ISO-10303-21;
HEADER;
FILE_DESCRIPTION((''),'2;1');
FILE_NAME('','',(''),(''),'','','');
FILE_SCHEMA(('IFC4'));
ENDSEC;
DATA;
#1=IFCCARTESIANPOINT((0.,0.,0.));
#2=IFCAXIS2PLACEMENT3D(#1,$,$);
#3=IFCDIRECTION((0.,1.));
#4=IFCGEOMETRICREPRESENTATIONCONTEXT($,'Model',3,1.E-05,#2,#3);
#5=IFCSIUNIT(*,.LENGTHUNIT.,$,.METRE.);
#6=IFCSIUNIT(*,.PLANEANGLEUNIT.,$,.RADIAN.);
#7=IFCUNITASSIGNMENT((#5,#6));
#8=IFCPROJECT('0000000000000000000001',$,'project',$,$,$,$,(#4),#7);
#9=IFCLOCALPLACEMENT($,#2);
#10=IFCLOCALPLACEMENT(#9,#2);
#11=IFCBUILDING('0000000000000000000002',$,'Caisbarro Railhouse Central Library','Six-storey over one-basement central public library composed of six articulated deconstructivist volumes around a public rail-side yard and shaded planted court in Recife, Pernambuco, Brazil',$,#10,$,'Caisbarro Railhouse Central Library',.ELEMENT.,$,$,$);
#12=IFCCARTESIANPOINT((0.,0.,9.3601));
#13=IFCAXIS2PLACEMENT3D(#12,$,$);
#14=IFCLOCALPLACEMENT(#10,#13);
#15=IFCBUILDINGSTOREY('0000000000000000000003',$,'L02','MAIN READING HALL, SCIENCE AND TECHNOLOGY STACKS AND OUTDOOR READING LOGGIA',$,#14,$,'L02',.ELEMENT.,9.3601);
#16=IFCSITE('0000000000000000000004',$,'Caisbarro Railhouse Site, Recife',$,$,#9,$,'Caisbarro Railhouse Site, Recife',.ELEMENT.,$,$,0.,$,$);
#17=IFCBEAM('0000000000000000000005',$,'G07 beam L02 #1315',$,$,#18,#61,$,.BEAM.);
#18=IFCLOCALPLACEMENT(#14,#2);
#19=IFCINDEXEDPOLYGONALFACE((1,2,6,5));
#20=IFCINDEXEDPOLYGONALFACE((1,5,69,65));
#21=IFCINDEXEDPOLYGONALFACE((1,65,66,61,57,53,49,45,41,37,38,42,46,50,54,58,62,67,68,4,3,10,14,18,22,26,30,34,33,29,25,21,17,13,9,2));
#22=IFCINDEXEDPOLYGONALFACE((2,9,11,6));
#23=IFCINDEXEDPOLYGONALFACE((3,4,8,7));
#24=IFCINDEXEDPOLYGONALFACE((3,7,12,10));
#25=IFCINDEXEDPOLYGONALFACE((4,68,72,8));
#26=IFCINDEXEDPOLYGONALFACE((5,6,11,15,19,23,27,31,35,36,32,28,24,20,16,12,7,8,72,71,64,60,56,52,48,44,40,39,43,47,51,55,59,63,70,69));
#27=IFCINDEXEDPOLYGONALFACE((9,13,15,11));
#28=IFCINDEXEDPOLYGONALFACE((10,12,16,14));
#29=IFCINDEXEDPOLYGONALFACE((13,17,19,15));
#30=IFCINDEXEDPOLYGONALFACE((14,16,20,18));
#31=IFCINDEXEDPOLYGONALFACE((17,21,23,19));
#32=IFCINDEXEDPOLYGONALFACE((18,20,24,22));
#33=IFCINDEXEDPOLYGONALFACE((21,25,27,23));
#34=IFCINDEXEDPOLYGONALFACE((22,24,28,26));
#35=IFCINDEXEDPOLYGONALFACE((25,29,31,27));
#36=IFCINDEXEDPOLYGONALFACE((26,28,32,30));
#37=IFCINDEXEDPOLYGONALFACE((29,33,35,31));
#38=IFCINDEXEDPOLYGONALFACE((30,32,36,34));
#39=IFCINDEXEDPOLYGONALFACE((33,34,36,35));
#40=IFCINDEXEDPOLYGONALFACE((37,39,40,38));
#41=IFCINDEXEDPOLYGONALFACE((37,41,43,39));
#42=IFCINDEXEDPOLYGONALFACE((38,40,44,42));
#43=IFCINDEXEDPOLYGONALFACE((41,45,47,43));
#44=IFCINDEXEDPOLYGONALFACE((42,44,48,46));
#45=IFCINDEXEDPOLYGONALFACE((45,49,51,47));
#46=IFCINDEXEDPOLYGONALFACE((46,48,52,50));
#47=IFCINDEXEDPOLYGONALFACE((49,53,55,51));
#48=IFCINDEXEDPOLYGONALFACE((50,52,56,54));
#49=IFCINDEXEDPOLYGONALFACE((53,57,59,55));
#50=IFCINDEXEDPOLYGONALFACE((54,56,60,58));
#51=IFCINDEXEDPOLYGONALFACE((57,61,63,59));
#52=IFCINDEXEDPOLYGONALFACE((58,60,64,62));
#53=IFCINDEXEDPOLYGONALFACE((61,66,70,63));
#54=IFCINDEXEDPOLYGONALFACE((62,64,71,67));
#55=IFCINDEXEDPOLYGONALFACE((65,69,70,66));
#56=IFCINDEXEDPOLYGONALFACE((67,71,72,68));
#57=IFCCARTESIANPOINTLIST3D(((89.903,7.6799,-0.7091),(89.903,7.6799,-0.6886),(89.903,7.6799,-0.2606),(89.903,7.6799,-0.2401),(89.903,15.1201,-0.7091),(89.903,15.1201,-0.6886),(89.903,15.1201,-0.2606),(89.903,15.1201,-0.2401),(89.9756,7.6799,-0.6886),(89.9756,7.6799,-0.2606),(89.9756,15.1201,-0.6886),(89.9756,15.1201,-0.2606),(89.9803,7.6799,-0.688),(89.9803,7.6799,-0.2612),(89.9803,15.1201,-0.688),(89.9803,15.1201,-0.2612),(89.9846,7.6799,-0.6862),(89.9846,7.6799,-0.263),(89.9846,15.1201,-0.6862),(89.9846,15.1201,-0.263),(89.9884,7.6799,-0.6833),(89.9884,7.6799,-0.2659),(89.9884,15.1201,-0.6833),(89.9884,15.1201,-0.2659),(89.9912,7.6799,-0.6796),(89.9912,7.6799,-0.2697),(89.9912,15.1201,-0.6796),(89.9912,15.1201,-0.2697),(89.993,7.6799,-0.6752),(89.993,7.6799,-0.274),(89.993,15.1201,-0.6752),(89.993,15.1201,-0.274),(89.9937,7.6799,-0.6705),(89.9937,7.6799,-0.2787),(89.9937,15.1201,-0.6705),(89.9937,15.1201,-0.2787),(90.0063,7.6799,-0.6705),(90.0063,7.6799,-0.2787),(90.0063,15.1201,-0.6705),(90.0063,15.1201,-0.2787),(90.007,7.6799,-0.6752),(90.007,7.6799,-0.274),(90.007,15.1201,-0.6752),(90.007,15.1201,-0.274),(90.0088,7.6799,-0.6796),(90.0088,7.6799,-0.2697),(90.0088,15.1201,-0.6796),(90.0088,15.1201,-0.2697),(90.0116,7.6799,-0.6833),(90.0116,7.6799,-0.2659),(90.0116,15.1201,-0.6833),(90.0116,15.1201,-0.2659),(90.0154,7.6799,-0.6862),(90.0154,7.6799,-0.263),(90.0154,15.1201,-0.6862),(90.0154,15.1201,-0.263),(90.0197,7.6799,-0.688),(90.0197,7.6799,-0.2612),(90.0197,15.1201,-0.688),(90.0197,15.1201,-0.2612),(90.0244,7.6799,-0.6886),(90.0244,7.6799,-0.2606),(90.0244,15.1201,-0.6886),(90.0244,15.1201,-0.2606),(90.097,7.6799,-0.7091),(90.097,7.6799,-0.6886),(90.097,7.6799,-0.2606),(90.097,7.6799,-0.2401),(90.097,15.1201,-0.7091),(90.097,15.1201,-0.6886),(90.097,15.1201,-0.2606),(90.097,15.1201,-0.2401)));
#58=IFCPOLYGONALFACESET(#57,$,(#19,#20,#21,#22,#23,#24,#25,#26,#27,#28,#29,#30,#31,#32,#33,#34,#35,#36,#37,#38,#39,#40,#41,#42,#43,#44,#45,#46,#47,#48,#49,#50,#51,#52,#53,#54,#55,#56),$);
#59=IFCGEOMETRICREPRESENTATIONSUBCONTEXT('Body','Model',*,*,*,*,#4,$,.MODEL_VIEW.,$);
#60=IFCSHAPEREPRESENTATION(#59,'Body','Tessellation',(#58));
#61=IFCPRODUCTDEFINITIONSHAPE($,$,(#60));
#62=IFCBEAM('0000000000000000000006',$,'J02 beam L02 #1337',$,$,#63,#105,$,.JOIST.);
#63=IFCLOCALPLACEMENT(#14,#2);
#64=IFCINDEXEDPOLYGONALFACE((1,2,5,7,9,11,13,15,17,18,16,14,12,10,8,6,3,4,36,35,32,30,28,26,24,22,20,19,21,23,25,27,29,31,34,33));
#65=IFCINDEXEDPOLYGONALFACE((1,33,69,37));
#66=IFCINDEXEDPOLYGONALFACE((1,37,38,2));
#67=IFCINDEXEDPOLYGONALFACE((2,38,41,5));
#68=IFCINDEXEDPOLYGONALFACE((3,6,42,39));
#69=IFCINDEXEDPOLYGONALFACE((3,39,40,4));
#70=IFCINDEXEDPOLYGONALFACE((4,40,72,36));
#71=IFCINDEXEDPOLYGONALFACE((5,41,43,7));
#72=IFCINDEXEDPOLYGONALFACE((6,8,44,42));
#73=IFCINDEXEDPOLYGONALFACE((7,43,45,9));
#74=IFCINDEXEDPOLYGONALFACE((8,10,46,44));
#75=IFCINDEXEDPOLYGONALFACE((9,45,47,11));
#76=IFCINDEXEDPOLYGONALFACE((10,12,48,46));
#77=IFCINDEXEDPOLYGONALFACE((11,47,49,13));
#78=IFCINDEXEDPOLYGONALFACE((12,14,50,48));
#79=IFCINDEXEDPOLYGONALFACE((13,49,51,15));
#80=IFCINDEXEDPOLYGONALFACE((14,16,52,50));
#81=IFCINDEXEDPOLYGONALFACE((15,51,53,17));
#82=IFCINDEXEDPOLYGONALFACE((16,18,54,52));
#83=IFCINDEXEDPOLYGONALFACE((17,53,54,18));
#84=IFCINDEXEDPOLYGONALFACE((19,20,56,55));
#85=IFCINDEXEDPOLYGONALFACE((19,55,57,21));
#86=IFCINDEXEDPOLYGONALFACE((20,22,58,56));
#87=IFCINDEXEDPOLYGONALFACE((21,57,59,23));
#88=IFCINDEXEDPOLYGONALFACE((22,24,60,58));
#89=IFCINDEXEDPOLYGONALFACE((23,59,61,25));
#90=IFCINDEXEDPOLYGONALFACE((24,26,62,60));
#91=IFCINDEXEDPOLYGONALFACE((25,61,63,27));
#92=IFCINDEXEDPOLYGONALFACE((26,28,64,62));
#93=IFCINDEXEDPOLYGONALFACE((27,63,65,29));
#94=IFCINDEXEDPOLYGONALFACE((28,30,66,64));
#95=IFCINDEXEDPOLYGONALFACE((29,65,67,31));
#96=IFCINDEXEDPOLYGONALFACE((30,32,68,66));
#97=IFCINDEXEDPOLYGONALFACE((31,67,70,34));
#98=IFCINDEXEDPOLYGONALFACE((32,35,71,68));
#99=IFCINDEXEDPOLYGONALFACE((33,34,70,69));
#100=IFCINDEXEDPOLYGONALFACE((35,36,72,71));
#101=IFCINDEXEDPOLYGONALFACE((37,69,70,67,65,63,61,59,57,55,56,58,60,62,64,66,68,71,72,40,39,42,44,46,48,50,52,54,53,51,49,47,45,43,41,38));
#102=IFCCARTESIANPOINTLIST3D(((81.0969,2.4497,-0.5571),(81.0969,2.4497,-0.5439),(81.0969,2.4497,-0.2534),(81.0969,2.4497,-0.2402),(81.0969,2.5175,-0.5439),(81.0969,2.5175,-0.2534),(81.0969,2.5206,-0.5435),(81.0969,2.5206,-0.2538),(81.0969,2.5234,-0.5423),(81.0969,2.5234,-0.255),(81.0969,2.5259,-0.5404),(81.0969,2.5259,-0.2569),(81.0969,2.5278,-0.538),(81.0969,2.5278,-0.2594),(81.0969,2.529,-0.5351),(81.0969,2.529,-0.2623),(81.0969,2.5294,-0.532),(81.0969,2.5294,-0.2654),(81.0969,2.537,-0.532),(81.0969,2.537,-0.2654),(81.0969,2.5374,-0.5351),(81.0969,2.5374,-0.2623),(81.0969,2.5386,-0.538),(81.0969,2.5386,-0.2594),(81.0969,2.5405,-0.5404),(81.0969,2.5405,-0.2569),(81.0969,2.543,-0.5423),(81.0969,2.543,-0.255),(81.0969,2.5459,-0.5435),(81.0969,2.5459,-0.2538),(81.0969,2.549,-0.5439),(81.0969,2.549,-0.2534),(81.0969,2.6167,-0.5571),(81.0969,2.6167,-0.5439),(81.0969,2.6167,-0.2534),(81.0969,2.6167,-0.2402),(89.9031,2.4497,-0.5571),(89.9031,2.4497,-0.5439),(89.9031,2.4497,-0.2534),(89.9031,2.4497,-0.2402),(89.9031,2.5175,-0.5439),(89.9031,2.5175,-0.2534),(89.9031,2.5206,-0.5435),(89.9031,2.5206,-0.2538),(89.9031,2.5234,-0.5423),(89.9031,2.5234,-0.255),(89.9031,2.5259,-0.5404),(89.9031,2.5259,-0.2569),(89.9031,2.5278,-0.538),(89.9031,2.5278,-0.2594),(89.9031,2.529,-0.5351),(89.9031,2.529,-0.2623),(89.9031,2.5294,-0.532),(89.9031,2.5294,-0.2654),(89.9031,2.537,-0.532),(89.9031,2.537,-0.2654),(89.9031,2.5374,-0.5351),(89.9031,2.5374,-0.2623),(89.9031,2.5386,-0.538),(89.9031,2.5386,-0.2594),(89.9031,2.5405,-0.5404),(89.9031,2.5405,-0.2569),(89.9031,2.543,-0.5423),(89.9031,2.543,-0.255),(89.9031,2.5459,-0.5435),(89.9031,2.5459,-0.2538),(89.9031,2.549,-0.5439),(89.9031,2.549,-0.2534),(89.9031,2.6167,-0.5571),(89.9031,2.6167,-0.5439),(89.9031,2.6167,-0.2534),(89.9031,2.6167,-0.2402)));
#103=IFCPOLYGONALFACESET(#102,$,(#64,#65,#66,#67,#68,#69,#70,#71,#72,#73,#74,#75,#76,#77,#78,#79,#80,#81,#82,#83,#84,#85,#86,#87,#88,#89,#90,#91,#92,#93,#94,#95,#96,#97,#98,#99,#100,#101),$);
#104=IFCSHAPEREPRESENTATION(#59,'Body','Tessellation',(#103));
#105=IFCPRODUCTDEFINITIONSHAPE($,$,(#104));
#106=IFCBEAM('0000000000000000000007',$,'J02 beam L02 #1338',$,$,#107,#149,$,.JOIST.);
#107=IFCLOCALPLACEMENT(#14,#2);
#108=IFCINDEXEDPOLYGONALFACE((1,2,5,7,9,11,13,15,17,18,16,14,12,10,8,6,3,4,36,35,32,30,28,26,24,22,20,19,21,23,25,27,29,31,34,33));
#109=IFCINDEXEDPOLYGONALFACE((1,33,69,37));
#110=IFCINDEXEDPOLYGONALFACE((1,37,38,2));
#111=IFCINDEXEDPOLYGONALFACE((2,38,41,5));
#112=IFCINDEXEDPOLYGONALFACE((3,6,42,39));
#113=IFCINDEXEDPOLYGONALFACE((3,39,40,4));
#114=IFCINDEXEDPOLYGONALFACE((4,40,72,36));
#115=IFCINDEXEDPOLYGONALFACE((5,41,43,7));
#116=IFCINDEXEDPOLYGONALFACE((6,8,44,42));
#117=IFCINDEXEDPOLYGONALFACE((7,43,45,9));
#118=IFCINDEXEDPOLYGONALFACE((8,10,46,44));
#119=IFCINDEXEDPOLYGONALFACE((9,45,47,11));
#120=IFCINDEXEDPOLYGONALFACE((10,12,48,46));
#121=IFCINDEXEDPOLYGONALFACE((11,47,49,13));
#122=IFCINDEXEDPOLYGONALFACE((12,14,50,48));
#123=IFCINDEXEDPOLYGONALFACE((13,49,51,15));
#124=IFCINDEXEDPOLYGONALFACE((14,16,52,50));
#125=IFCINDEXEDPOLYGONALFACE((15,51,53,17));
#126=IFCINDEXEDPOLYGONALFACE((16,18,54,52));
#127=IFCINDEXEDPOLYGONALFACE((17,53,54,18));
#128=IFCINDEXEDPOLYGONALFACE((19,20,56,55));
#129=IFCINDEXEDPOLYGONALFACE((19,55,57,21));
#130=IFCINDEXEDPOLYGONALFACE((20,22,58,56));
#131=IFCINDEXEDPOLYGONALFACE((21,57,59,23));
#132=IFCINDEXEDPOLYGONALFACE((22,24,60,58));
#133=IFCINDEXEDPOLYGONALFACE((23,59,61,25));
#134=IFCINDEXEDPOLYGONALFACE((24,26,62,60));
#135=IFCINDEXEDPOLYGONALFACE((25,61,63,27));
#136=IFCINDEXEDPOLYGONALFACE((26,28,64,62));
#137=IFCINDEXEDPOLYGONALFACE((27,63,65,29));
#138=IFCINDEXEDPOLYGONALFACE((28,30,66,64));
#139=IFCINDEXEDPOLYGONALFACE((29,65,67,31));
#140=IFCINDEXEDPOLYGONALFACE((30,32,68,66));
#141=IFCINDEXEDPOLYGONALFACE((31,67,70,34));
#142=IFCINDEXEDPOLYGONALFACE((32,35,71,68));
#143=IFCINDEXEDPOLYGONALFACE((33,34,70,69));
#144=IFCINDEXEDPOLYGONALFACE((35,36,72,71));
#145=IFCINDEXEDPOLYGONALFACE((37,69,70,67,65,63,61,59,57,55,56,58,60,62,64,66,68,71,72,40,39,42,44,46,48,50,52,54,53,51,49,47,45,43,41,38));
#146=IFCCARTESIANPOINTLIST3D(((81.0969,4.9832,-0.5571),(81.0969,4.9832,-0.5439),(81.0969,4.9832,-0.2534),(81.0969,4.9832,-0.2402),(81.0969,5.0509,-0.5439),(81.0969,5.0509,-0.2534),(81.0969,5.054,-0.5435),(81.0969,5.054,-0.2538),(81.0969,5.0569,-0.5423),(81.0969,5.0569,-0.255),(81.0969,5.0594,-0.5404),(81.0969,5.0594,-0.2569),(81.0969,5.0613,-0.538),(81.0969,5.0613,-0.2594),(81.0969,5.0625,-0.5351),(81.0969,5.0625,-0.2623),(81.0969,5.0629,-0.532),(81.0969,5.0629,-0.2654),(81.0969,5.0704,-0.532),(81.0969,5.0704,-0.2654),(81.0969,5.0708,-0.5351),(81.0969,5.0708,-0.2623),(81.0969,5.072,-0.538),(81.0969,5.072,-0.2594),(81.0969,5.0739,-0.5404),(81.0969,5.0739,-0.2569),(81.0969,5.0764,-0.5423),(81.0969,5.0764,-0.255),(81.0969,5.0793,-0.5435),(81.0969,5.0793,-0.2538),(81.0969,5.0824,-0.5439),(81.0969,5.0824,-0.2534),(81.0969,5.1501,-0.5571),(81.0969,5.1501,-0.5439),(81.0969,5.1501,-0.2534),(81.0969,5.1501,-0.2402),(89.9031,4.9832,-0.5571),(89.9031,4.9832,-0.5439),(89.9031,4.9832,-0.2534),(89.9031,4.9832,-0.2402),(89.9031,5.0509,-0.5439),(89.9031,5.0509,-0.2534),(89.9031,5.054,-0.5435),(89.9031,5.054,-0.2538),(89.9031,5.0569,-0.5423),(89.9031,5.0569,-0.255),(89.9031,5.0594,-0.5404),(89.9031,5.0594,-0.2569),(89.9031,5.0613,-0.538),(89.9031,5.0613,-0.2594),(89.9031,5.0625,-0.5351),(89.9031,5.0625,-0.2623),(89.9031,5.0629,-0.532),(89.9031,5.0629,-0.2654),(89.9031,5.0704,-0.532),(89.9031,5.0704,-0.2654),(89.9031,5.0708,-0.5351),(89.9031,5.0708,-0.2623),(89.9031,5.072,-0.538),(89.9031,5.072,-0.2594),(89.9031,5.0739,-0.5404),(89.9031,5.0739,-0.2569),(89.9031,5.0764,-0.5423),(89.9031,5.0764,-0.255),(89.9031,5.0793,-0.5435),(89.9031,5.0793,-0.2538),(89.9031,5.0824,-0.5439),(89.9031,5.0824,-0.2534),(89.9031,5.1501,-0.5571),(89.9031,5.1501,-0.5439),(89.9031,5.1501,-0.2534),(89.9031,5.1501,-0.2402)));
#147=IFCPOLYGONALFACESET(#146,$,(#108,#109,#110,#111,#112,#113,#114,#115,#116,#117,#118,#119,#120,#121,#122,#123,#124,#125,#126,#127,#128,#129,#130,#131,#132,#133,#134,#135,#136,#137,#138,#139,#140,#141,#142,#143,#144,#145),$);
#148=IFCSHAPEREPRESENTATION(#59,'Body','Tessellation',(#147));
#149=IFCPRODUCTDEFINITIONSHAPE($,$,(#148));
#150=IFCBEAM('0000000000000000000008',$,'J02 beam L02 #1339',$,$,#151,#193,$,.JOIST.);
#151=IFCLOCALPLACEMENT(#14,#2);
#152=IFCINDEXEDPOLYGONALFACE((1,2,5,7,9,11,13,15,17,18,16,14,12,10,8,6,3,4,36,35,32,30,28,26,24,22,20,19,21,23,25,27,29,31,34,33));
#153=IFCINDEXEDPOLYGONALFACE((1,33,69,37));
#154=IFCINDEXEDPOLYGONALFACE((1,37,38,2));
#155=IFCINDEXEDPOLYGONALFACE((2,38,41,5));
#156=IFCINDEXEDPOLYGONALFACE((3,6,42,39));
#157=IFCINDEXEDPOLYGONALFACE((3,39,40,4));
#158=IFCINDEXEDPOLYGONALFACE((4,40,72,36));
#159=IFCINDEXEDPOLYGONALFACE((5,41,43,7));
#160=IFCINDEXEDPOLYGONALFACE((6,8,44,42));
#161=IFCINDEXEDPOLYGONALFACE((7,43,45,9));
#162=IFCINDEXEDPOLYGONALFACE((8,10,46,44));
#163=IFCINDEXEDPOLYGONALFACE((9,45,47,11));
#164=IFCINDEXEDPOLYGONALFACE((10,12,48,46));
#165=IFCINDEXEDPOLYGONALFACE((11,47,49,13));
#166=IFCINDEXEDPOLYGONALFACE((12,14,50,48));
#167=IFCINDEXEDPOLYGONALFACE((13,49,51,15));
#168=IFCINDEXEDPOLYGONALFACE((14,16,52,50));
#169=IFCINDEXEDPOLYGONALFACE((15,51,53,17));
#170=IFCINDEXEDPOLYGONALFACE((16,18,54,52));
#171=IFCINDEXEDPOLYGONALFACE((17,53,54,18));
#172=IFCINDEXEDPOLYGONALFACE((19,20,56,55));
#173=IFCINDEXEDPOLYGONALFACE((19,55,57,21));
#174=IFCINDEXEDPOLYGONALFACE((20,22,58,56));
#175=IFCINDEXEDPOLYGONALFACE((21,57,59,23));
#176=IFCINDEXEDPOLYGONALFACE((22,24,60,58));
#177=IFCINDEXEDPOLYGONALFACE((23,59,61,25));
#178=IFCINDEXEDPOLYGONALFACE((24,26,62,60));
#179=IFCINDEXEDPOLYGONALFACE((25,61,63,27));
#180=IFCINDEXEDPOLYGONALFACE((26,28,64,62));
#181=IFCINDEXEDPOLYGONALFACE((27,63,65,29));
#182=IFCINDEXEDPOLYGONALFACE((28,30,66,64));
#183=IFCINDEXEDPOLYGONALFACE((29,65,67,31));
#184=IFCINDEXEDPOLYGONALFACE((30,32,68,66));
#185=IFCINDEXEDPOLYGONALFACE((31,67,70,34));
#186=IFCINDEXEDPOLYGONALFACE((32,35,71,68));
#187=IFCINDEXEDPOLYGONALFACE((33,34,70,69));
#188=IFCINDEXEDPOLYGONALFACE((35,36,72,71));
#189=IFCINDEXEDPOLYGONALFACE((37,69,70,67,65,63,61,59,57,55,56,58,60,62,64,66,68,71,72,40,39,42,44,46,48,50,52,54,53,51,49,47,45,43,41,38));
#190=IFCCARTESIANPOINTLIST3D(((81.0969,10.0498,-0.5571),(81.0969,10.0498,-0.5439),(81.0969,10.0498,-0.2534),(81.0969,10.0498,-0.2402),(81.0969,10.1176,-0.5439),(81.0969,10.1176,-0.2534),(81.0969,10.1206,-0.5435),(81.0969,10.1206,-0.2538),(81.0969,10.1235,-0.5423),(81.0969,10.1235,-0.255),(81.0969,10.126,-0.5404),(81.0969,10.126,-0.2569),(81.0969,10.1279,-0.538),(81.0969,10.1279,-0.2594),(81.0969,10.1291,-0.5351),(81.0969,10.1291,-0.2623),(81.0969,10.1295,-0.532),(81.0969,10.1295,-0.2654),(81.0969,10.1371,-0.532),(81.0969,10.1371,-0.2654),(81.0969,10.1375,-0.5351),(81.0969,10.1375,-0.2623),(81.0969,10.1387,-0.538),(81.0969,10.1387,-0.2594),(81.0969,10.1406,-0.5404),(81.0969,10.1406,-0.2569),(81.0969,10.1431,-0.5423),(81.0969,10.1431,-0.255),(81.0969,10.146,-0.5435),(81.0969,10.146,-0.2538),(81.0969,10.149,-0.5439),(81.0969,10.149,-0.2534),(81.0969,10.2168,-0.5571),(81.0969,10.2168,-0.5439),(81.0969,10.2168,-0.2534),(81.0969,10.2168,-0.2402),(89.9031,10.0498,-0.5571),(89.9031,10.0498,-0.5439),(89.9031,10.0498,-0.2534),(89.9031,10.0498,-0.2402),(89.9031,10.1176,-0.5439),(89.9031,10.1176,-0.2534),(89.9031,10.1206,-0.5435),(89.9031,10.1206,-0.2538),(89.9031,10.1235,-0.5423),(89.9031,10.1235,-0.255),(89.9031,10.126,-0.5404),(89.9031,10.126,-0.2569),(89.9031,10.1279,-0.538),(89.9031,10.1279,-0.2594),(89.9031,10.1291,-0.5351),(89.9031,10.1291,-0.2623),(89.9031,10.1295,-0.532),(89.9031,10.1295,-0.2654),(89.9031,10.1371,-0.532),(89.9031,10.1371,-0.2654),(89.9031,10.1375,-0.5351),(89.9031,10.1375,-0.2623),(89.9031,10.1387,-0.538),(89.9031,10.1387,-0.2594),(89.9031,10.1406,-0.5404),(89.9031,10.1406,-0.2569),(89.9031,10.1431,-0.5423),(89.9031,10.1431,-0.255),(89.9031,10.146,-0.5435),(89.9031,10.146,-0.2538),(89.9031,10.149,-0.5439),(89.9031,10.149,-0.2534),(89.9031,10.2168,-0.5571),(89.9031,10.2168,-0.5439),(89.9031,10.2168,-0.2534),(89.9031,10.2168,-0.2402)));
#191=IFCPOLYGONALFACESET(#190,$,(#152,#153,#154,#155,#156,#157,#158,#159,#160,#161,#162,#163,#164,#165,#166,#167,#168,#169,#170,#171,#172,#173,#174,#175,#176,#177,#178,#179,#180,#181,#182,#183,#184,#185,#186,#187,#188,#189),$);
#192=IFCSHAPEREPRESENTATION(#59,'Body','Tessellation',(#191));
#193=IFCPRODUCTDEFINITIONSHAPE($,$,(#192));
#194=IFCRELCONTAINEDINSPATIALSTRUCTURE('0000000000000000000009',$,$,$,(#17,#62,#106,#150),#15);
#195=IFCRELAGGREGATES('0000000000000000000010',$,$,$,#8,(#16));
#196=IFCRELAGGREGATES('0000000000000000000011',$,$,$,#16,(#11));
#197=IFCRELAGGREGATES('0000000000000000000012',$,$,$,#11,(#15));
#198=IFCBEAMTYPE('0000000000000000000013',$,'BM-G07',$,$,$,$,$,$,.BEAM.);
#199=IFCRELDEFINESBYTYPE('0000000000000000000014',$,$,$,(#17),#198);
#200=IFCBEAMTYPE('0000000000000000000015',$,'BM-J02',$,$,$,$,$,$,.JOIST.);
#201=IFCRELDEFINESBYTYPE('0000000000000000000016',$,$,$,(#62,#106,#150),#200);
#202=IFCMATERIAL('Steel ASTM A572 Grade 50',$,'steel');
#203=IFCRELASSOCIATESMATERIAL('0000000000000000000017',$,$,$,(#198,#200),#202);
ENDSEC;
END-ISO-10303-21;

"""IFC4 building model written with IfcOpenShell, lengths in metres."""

from ifc_helpers import new_model, si_unit, direction, frame, origin, origin_2d, place, context, subcontext, project, spatial, i_section, extrude, material, material_profile, profile_set, type_object, element, save


model = new_model("IFC4")

# Units and contexts
model_context = context("Model", 3, precision=1e-05, world=origin(), true_north=direction((0.0, 1.0)))
body_context = subcontext(model_context, "Body", "Model", "MODEL_VIEW")
ifc_project = project(units=[si_unit("LENGTHUNIT", "METRE"), si_unit("PLANEANGLEUNIT", "RADIAN")], contexts=[model_context])

# Site, building, storey
site_placement = place(None, origin())
site = spatial("IfcSite", under=ifc_project, at=site_placement, Name="Caisbarro Railhouse Site, Recife", LongName="Caisbarro Railhouse Site, Recife", CompositionType="ELEMENT", RefElevation=0.0)
building_placement = place(site_placement, origin())
building = spatial("IfcBuilding", under=site, at=building_placement, Name="Caisbarro Railhouse Central Library", Description="Six-storey over one-basement central public library composed of six articulated deconstructivist volumes around a public rail-side yard and shaded planted court in Recife, Pernambuco, Brazil", LongName="Caisbarro Railhouse Central Library", CompositionType="ELEMENT")
storey_placement = place(building_placement, frame((0.0, 0.0, 9.3601)))
storey = spatial("IfcBuildingStorey", under=building, at=storey_placement, Name="L02", Description="MAIN READING HALL, SCIENCE AND TECHNOLOGY STACKS AND OUTDOOR READING LOGGIA", LongName="L02", CompositionType="ELEMENT", Elevation=9.3601)

# Shared definitions
ifc_material_1 = material(Name="Steel ASTM A572 Grade 50", Category="steel")

# Beams
ifc_material_profile_1 = material_profile(ifc_material_1, i_section(OverallWidth=0.1941, OverallDepth=0.469, WebThickness=0.0127, FlangeThickness=0.0205, FilletRadius=0.0181, at=origin_2d()), Name="W460X106.0")
ifc_profile_set_1 = profile_set([ifc_material_profile_1], Name="Steel ASTM A572 Grade 50")
beam_type_1 = type_object("IfcBeamType", Name="BM-G07", PredefinedType="BEAM", material=ifc_profile_set_1)
beam_1_placement = place(storey_placement, frame((90.0, 7.6799, -0.4746), z_axis=(0.0, 1.0, 0.0), x_axis=(-1.0, 0.0, 0.0)))
element("IfcBeam", 1, at=beam_1_placement, inside=storey, type_object=beam_type_1, Name="G07 beam L02 #1315", PredefinedType="BEAM", context=body_context, shape_type="SweptSolid", body=[
    extrude(i_section(OverallWidth=0.1941, OverallDepth=0.469, WebThickness=0.0127, FlangeThickness=0.0205, FilletRadius=0.0181, at=origin_2d()), origin(), (0.0, 0.0, 1.0), 7.4402),
])
ifc_material_profile_2 = material_profile(ifc_material_1, i_section(OverallWidth=0.167, OverallDepth=0.3169, WebThickness=0.0076, FlangeThickness=0.0132, FilletRadius=0.012, at=origin_2d()), Name="W310X52.0")
ifc_profile_set_2 = profile_set([ifc_material_profile_2], Name="Steel ASTM A572 Grade 50")
beam_type_2 = type_object("IfcBeamType", Name="BM-J02", PredefinedType="JOIST", material=ifc_profile_set_2)
for number, where, z_axis, x_axis, name in (
    (2, (81.0969, 2.5332, -0.3987), (1.0, 0.0, 0.0), (0.0, 1.0, 0.0), "J02 beam L02 #1337"),
    (3, (81.0969, 5.0667, -0.3987), (1.0, 0.0, 0.0), (0.0, 1.0, 0.0), "J02 beam L02 #1338"),
    (4, (81.0969, 10.1333, -0.3987), (1.0, 0.0, 0.0), (0.0, 1.0, 0.0), "J02 beam L02 #1339"),
):
    element("IfcBeam", number, at=place(storey_placement, frame(where, z_axis=z_axis, x_axis=x_axis)), inside=storey, type_object=beam_type_2, Name=name, PredefinedType="JOIST", context=body_context, shape_type="SweptSolid", body=[
        extrude(i_section(OverallWidth=0.167, OverallDepth=0.3169, WebThickness=0.0076, FlangeThickness=0.0132, FilletRadius=0.012, at=origin_2d()), origin(), (0.0, 0.0, 1.0), 8.8062),
    ])

save(model, "model.ifc")
